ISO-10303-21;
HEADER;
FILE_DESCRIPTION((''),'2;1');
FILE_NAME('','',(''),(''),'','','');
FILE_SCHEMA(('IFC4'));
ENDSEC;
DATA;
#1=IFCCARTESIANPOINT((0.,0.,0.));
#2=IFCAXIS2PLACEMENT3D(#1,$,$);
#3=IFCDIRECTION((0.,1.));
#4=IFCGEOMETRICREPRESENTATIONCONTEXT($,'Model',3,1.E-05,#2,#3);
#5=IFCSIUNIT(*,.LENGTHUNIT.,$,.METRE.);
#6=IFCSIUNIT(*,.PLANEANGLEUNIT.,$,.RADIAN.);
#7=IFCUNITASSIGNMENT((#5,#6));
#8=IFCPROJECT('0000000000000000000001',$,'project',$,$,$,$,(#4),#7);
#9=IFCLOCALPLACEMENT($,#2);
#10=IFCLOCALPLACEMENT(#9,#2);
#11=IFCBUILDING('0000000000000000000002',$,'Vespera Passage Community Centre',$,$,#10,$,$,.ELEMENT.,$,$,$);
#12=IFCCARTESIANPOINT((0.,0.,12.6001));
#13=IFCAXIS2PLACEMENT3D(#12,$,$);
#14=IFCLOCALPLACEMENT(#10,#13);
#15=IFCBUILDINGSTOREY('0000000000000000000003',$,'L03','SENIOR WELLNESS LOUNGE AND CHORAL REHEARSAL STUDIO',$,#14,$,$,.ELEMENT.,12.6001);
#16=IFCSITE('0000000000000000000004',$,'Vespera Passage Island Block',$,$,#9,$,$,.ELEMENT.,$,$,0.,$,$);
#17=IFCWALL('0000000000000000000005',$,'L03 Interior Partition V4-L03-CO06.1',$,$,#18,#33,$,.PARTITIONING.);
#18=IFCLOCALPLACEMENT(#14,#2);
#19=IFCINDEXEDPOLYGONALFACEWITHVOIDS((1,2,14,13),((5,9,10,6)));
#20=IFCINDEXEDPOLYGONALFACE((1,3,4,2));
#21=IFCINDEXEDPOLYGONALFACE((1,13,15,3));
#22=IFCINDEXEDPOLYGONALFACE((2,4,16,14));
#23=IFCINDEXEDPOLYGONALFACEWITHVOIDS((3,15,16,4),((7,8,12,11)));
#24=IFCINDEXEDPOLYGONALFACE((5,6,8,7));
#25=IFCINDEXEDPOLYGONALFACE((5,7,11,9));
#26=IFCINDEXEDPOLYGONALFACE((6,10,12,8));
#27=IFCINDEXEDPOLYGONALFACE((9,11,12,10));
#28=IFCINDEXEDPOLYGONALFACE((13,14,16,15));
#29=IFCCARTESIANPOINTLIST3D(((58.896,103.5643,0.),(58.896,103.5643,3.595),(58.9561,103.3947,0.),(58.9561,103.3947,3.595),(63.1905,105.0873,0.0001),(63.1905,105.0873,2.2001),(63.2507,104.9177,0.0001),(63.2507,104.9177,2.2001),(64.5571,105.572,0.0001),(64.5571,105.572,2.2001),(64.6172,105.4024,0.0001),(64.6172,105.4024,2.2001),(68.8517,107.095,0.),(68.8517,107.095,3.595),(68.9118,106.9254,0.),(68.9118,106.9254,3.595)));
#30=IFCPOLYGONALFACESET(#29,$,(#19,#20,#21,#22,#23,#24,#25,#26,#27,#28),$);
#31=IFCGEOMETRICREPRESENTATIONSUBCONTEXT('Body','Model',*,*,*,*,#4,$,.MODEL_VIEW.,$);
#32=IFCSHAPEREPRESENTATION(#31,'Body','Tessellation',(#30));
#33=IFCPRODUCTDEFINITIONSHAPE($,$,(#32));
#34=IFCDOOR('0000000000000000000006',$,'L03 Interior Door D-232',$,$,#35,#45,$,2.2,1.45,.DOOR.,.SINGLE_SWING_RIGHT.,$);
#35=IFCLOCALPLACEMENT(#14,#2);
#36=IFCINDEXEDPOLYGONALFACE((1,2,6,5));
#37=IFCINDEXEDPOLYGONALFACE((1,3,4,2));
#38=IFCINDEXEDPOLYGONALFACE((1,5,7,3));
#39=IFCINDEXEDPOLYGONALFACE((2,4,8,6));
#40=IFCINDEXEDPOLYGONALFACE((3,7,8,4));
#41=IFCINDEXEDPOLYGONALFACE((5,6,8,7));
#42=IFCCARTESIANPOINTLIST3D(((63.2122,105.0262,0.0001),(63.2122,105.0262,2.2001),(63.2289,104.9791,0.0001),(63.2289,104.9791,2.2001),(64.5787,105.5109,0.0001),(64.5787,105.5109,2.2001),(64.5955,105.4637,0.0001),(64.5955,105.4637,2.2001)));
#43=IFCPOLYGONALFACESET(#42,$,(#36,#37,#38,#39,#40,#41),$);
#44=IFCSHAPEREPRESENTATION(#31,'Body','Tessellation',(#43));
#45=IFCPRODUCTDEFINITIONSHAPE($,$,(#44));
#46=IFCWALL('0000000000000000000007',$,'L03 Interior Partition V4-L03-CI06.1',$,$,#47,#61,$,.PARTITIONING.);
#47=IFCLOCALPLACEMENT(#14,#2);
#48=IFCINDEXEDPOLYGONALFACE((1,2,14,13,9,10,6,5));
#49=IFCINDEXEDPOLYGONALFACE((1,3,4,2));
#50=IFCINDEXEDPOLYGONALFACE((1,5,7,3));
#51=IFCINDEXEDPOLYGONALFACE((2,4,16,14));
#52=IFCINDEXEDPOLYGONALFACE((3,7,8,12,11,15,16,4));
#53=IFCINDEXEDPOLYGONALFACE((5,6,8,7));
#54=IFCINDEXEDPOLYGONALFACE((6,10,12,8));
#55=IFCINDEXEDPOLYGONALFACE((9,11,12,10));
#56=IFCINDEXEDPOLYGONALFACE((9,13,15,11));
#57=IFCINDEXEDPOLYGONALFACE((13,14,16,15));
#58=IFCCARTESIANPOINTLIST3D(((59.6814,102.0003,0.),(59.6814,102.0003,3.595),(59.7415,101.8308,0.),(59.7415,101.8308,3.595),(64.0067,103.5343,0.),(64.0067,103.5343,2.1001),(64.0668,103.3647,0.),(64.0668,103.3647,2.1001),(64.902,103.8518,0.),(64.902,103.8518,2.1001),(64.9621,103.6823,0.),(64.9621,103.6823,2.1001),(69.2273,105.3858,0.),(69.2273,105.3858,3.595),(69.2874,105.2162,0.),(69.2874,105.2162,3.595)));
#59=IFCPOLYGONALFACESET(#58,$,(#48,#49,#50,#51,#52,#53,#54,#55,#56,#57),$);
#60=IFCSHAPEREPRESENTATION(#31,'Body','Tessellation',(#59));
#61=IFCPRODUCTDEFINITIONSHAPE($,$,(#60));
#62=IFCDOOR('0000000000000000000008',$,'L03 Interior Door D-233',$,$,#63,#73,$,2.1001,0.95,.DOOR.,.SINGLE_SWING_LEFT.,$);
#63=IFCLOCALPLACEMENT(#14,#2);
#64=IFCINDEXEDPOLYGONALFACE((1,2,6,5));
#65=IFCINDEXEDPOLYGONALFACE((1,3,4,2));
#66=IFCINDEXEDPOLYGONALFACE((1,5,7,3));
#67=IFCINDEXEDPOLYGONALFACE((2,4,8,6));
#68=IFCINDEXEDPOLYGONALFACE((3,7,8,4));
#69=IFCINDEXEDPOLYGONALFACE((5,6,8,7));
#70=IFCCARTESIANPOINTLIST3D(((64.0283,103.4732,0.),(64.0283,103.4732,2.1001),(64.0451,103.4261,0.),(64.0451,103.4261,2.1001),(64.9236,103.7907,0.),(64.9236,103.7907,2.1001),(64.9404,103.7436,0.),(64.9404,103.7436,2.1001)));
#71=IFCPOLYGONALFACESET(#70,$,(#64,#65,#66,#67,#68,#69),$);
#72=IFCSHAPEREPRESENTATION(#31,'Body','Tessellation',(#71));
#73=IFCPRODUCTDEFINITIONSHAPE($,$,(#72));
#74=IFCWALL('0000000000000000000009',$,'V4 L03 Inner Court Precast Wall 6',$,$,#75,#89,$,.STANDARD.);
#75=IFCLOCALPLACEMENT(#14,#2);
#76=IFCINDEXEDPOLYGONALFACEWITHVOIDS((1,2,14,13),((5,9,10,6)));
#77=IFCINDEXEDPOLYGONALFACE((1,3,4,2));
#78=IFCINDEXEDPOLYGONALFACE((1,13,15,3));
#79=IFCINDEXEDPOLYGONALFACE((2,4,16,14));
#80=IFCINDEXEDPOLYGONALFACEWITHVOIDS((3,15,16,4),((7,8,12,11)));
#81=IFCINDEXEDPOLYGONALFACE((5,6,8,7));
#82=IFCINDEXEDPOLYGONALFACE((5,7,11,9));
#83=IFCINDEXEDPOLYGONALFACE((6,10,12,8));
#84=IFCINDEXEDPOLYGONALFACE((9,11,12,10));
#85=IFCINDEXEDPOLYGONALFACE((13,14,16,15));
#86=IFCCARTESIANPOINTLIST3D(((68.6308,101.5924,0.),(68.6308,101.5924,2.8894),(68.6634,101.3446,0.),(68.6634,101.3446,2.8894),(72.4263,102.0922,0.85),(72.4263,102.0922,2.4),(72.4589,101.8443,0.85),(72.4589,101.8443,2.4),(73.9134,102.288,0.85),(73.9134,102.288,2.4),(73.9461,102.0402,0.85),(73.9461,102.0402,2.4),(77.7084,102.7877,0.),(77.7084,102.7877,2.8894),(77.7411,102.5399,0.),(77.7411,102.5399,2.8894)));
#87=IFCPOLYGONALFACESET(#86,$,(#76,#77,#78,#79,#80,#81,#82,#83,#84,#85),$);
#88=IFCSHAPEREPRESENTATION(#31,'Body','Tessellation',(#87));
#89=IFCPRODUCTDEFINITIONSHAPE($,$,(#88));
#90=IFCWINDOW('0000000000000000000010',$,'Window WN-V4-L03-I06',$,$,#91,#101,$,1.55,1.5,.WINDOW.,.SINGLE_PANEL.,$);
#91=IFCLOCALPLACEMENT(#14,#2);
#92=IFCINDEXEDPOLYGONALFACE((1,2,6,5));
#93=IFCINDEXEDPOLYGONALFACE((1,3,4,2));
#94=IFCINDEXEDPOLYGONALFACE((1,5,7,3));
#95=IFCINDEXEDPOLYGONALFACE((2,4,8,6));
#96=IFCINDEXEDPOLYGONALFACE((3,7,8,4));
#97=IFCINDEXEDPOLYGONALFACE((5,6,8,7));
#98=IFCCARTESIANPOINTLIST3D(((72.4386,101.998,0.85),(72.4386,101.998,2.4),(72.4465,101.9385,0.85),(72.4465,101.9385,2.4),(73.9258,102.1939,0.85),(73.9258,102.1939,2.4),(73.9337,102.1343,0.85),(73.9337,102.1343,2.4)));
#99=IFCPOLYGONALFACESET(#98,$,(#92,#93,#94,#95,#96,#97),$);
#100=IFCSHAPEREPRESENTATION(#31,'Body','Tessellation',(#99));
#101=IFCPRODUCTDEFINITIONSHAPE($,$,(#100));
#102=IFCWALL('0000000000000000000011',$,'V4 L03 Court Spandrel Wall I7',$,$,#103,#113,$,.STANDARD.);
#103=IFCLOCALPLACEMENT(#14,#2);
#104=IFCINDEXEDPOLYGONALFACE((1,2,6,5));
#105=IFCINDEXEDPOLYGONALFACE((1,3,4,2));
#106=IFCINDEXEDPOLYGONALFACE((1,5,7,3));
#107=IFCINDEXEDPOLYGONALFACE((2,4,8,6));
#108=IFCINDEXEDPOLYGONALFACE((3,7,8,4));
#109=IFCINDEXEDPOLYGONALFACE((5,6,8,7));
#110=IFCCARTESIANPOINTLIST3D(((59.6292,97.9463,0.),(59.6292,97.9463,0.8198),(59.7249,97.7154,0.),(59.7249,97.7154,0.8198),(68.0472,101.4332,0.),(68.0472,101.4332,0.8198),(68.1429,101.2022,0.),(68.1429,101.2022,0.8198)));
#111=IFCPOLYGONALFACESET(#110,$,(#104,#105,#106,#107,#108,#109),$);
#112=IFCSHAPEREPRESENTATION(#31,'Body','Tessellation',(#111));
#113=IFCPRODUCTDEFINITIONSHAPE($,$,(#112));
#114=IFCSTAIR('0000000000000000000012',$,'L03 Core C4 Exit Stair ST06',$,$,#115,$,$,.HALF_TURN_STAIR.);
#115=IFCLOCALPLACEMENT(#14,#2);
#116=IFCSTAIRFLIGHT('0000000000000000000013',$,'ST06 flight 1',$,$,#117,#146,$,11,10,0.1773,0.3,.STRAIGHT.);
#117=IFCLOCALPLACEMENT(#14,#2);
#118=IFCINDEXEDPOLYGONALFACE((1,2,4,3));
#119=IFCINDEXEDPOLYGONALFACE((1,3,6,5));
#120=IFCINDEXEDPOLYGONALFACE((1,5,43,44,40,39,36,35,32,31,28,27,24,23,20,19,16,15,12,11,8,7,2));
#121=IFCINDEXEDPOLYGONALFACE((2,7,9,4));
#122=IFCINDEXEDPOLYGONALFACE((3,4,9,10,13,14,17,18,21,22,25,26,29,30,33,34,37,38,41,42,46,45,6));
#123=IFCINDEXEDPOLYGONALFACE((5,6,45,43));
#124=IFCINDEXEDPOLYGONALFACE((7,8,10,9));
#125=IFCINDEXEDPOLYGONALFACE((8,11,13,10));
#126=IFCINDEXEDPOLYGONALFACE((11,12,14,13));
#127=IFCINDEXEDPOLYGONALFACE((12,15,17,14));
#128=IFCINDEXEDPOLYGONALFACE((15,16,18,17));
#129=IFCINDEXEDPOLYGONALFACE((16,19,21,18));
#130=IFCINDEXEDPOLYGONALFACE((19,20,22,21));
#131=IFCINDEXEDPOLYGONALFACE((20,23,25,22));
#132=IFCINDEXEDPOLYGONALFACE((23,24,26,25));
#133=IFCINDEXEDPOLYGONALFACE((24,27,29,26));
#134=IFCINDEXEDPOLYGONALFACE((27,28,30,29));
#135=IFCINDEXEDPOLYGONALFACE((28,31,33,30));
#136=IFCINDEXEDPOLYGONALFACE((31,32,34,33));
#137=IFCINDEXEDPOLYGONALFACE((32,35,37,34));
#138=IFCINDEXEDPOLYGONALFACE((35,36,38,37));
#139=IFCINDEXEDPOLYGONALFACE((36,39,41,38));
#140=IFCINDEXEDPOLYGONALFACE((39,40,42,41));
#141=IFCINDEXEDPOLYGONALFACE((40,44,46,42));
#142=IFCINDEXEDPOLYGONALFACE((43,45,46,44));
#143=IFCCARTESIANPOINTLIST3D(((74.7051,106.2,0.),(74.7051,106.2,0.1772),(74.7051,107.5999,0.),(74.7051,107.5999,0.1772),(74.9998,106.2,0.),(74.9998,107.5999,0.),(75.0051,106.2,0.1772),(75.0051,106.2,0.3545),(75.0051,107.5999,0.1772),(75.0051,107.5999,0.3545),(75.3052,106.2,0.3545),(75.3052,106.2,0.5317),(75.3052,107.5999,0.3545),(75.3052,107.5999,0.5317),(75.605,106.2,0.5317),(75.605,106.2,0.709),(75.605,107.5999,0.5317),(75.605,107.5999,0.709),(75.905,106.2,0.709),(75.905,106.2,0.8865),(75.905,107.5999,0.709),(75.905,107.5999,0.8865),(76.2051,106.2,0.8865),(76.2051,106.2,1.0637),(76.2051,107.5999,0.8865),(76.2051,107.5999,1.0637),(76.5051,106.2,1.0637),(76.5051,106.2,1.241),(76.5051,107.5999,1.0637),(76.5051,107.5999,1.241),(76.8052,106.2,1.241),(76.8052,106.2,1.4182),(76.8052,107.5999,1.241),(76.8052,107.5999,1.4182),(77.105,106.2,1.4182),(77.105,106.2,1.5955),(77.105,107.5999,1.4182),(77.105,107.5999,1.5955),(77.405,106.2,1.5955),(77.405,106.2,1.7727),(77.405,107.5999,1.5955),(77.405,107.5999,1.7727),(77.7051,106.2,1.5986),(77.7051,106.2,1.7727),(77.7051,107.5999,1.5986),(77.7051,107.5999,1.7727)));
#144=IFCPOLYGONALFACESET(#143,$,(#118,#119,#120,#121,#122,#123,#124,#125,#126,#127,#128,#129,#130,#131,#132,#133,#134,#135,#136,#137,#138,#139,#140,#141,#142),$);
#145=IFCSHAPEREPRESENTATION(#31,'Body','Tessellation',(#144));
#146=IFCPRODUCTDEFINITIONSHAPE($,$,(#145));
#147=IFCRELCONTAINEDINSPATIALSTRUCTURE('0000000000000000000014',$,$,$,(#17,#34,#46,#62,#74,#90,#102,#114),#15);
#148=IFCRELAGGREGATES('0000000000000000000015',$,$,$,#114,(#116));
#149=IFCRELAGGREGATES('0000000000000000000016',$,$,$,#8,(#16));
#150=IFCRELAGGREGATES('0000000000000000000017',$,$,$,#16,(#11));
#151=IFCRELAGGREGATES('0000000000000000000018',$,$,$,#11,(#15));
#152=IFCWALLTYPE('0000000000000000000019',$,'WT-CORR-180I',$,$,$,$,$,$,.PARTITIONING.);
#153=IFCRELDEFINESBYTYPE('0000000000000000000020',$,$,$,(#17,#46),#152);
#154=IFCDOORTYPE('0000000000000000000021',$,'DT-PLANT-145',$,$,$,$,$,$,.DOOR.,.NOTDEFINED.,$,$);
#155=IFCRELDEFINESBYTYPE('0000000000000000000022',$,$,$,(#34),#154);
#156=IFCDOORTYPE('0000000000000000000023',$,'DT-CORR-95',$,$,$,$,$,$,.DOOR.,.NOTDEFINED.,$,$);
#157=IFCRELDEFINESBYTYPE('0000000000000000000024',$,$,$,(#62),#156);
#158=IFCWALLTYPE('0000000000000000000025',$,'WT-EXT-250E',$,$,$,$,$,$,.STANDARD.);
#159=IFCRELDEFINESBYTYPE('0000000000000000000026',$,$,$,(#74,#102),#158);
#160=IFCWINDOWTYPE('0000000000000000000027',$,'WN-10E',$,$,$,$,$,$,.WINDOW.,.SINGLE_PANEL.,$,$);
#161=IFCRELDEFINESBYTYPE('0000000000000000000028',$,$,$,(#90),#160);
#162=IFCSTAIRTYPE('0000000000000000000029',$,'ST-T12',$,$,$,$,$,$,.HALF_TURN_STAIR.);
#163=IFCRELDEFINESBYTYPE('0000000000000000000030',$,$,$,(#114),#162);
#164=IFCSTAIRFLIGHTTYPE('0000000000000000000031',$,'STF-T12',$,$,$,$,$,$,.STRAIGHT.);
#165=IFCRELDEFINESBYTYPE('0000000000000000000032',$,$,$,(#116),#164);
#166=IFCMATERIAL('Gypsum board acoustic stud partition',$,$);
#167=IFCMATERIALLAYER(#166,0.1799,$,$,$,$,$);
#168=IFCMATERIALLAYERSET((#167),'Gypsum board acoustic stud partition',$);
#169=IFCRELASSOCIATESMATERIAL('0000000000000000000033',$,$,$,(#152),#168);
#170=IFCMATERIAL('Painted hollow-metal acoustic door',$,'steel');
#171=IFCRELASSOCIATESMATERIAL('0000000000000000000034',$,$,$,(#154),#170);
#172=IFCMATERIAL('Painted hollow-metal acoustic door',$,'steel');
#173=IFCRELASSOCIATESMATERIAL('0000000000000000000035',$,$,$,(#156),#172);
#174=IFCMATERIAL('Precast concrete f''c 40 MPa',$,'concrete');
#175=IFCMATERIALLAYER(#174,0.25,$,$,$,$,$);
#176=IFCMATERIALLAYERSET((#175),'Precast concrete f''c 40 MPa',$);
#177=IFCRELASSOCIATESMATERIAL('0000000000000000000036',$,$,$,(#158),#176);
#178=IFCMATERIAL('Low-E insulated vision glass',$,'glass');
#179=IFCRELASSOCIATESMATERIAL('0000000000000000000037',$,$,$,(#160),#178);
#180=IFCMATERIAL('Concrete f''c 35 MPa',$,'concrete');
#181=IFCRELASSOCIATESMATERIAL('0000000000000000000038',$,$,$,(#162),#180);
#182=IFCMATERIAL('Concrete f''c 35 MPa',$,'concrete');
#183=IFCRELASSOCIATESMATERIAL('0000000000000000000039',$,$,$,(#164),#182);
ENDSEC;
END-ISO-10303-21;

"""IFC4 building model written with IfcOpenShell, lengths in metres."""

from ifc_helpers import new_model, si_unit, direction, frame, frame_2d, origin, place, context, subcontext, project, spatial, polyline, rectangle, outline, extrude, material, layer, layer_set, type_object, element, fill, aggregate, save


model = new_model("IFC4")

# Units and contexts
model_context = context("Model", 3, precision=1e-05, world=origin(), true_north=direction((0.0, 1.0)))
body_context = subcontext(model_context, "Body", "Model", "MODEL_VIEW")
ifc_project = project(units=[si_unit("LENGTHUNIT", "METRE"), si_unit("PLANEANGLEUNIT", "RADIAN")], contexts=[model_context])

# Site, building, storey
site_placement = place(None, origin())
site = spatial("IfcSite", under=ifc_project, at=site_placement, Name="Vespera Passage Island Block", CompositionType="ELEMENT", RefElevation=0.0)
building_placement = place(site_placement, origin())
building = spatial("IfcBuilding", under=site, at=building_placement, Name="Vespera Passage Community Centre", CompositionType="ELEMENT")
storey_placement = place(building_placement, frame((0.0, 0.0, 12.6001)))
storey = spatial("IfcBuildingStorey", under=building, at=storey_placement, Name="L03", Description="SENIOR WELLNESS LOUNGE AND CHORAL REHEARSAL STUDIO", CompositionType="ELEMENT", Elevation=12.6001)

# Shared definitions
ifc_material_1 = material(Name="Gypsum board acoustic stud partition")
ifc_layer_1 = layer(ifc_material_1, 0.1799)
ifc_layer_set_1 = layer_set([ifc_layer_1], Name="Gypsum board acoustic stud partition")
wall_type_1 = type_object("IfcWallType", Name="WT-CORR-180I", PredefinedType="PARTITIONING", material=ifc_layer_set_1)

# Walls, openings, doors
wall_1_placement = place(storey_placement, frame((68.8818, 107.0103, 0.0), z_axis=(0.0, 0.0, 1.0), x_axis=(-0.942486, -0.334246, 0.0)))
wall_1 = element("IfcWall", 1, at=wall_1_placement, inside=storey, type_object=wall_type_1, Name="L03 Interior Partition V4-L03-CO06.1", PredefinedType="PARTITIONING", context=body_context, shape_type="SweptSolid", body=[
    extrude(rectangle(XDim=10.5632, YDim=0.1799, at=frame_2d((5.2817, 0.0))), origin(), (0.0, 0.0, 1.0), 3.595),
])
opening_1_placement = place(wall_1_placement, frame((4.5566, 0.0, 0.0)))
opening_1 = element("IfcOpeningElement", 2, at=opening_1_placement, cuts=wall_1, PredefinedType="OPENING", context=body_context, shape_type="SweptSolid", body=[
    extrude(rectangle(XDim=1.45, YDim=2.2, at=frame_2d((0.7251, 1.1001))), frame((0.0, 0.0999, 0.0), z_axis=(0.0, -1.0, 0.0), x_axis=(1.0, 0.0, 0.0)), (0.0, 0.0, 1.0), 0.2),
])
ifc_material_2 = material(Name="Painted hollow-metal acoustic door", Category="steel")
door_type_1 = type_object("IfcDoorType", Name="DT-PLANT-145", OperationType="NOTDEFINED", PredefinedType="DOOR", material=ifc_material_2)
door_1_placement = place(opening_1_placement, origin())
door_1 = element("IfcDoor", 3, at=door_1_placement, inside=storey, type_object=door_type_1, Name="L03 Interior Door D-232", OperationType="SINGLE_SWING_RIGHT", OverallHeight=2.2, OverallWidth=1.45, PredefinedType="DOOR", context=body_context, shape_type="SweptSolid", body=[
    extrude(rectangle(XDim=1.45, YDim=2.2, at=frame_2d((0.7251, 1.1001))), frame((0.0, 0.0249, 0.0), z_axis=(0.0, -1.0, 0.0), x_axis=(1.0, 0.0, 0.0)), (0.0, 0.0, 1.0), 0.05),
])
fill(opening_1, door_1)
wall_2_placement = place(storey_placement, frame((69.2573, 105.301, 0.0), z_axis=(0.0, 0.0, 1.0), x_axis=(-0.942482, -0.334256, 0.0)))
wall_2 = element("IfcWall", 4, at=wall_2_placement, inside=storey, type_object=wall_type_1, Name="L03 Interior Partition V4-L03-CI06.1", PredefinedType="PARTITIONING", context=body_context, shape_type="SweptSolid", body=[
    extrude(rectangle(XDim=10.1284, YDim=0.1799, at=frame_2d((5.0642, 0.0))), origin(), (0.0, 0.0, 1.0), 3.595),
])
opening_2_placement = place(wall_2_placement, frame((4.5891, 0.0, 0.0)))
opening_2 = element("IfcOpeningElement", 5, at=opening_2_placement, cuts=wall_2, PredefinedType="OPENING", context=body_context, shape_type="SweptSolid", body=[
    extrude(rectangle(XDim=0.95, YDim=2.1001, at=frame_2d((0.4751, 1.05))), frame((0.0, 0.0999, 0.0), z_axis=(0.0, -1.0, 0.0), x_axis=(1.0, 0.0, 0.0)), (0.0, 0.0, 1.0), 0.2),
])
ifc_material_3 = material(Name="Painted hollow-metal acoustic door", Category="steel")
door_type_2 = type_object("IfcDoorType", Name="DT-CORR-95", OperationType="NOTDEFINED", PredefinedType="DOOR", material=ifc_material_3)
door_2_placement = place(opening_2_placement, origin())
door_2 = element("IfcDoor", 6, at=door_2_placement, inside=storey, type_object=door_type_2, Name="L03 Interior Door D-233", OperationType="SINGLE_SWING_LEFT", OverallHeight=2.1001, OverallWidth=0.95, PredefinedType="DOOR", context=body_context, shape_type="SweptSolid", body=[
    extrude(rectangle(XDim=0.95, YDim=2.1001, at=frame_2d((0.4751, 1.05))), frame((0.0, 0.0249, 0.0), z_axis=(0.0, -1.0, 0.0), x_axis=(1.0, 0.0, 0.0)), (0.0, 0.0, 1.0), 0.05),
])
fill(opening_2, door_2)

# Wall, opening, window
ifc_material_4 = material(Name="Precast concrete f'c 40 MPa", Category="concrete")
ifc_layer_2 = layer(ifc_material_4, 0.25)
ifc_layer_set_2 = layer_set([ifc_layer_2], Name="Precast concrete f'c 40 MPa")
wall_type_2 = type_object("IfcWallType", Name="WT-EXT-250E", PredefinedType="STANDARD", material=ifc_layer_set_2)
wall_3_placement = place(storey_placement, frame((77.7249, 102.6638, 0.0), z_axis=(0.0, 0.0, 1.0), x_axis=(-0.991442, -0.13055, 0.0)))
wall_3 = element("IfcWall", 7, at=wall_3_placement, inside=storey, type_object=wall_type_2, Name="V4 L03 Inner Court Precast Wall 6", PredefinedType="STANDARD", context=body_context, shape_type="SweptSolid", body=[
    extrude(rectangle(XDim=9.156, YDim=0.25, at=frame_2d((4.5781, 0.0))), origin(), (0.0, 0.0, 1.0), 2.8894),
])
opening_3_placement = place(wall_3_placement, frame((3.8279, 0.0, 0.8501)))
opening_3 = element("IfcOpeningElement", 8, at=opening_3_placement, cuts=wall_3, PredefinedType="OPENING", context=body_context, shape_type="SweptSolid", body=[
    extrude(rectangle(XDim=1.5, YDim=1.55, at=frame_2d((0.75, 0.7749))), frame((0.0, 0.135, 0.0), z_axis=(0.0, -1.0, 0.0), x_axis=(1.0, 0.0, 0.0)), (0.0, 0.0, 1.0), 0.27),
])
ifc_material_5 = material(Name="Low-E insulated vision glass", Category="glass")
window_type = type_object("IfcWindowType", Name="WN-10E", PartitioningType="SINGLE_PANEL", PredefinedType="WINDOW", material=ifc_material_5)
window_placement = place(opening_3_placement, origin())
window = element("IfcWindow", 9, at=window_placement, inside=storey, type_object=window_type, Name="Window WN-V4-L03-I06", OverallHeight=1.55, OverallWidth=1.5, PartitioningType="SINGLE_PANEL", PredefinedType="WINDOW", context=body_context, shape_type="SweptSolid", body=[
    extrude(rectangle(XDim=1.5, YDim=1.55, at=frame_2d((0.75, 0.7749))), frame((0.0, 0.03, 0.0), z_axis=(0.0, -1.0, 0.0), x_axis=(1.0, 0.0, 0.0)), (0.0, 0.0, 1.0), 0.0601),
])
fill(opening_3, window)

# Wall
wall_4_placement = place(storey_placement, frame((68.095, 101.3176, 0.0), z_axis=(0.0, 0.0, 1.0), x_axis=(-0.92388, -0.382682, 0.0)))
element("IfcWall", 10, at=wall_4_placement, inside=storey, type_object=wall_type_2, Name="V4 L03 Court Spandrel Wall I7", PredefinedType="STANDARD", context=body_context, shape_type="SweptSolid", body=[
    extrude(rectangle(XDim=9.1116, YDim=0.25, at=frame_2d((4.5557, 0.0))), origin(), (0.0, 0.0, 1.0), 0.8198),
])

# Stair, stair flight
ifc_material_6 = material(Name="Concrete f'c 35 MPa", Category="concrete")
stair_type = type_object("IfcStairType", Name="ST-T12", PredefinedType="HALF_TURN_STAIR", material=ifc_material_6)
stair_placement = place(storey_placement, origin())
stair = element("IfcStair", 11, at=stair_placement, inside=storey, type_object=stair_type, Name="L03 Core C4 Exit Stair ST06", PredefinedType="HALF_TURN_STAIR")
ifc_material_7 = material(Name="Concrete f'c 35 MPa", Category="concrete")
stair_flight_type = type_object("IfcStairFlightType", Name="STF-T12", PredefinedType="STRAIGHT", material=ifc_material_7)
stair_flight_1_placement = place(storey_placement, frame((74.7051, 106.8999, 0.0), z_axis=(0.0, 0.0, 1.0), x_axis=(1.0, 0.0, 0.0)))
stair_flight_1 = element("IfcStairFlight", 12, at=stair_flight_1_placement, type_object=stair_flight_type, Name="ST06 flight 1", NumberOfRisers=11, NumberOfTreads=10, PredefinedType="STRAIGHT", RiserHeight=0.1773, TreadLength=0.3, context=body_context, shape_type="SweptSolid", body=[
    extrude(outline(polyline([(0.0, 0.0), (0.0, 0.1772), (0.3, 0.1772), (0.3, 0.3545), (0.6001, 0.3545), (0.6001, 0.5317), (0.8999, 0.5317), (0.8999, 0.709), (1.2, 0.709), (1.2, 0.8865), (1.5, 0.8865), (1.5, 1.0637), (1.8, 1.0637), (1.8, 1.241), (2.1001, 1.241), (2.1001, 1.4182), (2.3999, 1.4182), (2.3999, 1.5955), (2.7, 1.5955), (2.7, 1.7727), (3.0, 1.7727), (3.0, 1.95), (3.0, 1.5986), (0.2947, 0.0), (0.0, 0.0)])), frame((0.0, 0.7, 0.0), z_axis=(0.0, -1.0, 0.0), x_axis=(1.0, 0.0, 0.0)), (0.0, 0.0, 1.0), 1.3999),
])
aggregate(stair, [stair_flight_1])

save(model, "model.ifc")
